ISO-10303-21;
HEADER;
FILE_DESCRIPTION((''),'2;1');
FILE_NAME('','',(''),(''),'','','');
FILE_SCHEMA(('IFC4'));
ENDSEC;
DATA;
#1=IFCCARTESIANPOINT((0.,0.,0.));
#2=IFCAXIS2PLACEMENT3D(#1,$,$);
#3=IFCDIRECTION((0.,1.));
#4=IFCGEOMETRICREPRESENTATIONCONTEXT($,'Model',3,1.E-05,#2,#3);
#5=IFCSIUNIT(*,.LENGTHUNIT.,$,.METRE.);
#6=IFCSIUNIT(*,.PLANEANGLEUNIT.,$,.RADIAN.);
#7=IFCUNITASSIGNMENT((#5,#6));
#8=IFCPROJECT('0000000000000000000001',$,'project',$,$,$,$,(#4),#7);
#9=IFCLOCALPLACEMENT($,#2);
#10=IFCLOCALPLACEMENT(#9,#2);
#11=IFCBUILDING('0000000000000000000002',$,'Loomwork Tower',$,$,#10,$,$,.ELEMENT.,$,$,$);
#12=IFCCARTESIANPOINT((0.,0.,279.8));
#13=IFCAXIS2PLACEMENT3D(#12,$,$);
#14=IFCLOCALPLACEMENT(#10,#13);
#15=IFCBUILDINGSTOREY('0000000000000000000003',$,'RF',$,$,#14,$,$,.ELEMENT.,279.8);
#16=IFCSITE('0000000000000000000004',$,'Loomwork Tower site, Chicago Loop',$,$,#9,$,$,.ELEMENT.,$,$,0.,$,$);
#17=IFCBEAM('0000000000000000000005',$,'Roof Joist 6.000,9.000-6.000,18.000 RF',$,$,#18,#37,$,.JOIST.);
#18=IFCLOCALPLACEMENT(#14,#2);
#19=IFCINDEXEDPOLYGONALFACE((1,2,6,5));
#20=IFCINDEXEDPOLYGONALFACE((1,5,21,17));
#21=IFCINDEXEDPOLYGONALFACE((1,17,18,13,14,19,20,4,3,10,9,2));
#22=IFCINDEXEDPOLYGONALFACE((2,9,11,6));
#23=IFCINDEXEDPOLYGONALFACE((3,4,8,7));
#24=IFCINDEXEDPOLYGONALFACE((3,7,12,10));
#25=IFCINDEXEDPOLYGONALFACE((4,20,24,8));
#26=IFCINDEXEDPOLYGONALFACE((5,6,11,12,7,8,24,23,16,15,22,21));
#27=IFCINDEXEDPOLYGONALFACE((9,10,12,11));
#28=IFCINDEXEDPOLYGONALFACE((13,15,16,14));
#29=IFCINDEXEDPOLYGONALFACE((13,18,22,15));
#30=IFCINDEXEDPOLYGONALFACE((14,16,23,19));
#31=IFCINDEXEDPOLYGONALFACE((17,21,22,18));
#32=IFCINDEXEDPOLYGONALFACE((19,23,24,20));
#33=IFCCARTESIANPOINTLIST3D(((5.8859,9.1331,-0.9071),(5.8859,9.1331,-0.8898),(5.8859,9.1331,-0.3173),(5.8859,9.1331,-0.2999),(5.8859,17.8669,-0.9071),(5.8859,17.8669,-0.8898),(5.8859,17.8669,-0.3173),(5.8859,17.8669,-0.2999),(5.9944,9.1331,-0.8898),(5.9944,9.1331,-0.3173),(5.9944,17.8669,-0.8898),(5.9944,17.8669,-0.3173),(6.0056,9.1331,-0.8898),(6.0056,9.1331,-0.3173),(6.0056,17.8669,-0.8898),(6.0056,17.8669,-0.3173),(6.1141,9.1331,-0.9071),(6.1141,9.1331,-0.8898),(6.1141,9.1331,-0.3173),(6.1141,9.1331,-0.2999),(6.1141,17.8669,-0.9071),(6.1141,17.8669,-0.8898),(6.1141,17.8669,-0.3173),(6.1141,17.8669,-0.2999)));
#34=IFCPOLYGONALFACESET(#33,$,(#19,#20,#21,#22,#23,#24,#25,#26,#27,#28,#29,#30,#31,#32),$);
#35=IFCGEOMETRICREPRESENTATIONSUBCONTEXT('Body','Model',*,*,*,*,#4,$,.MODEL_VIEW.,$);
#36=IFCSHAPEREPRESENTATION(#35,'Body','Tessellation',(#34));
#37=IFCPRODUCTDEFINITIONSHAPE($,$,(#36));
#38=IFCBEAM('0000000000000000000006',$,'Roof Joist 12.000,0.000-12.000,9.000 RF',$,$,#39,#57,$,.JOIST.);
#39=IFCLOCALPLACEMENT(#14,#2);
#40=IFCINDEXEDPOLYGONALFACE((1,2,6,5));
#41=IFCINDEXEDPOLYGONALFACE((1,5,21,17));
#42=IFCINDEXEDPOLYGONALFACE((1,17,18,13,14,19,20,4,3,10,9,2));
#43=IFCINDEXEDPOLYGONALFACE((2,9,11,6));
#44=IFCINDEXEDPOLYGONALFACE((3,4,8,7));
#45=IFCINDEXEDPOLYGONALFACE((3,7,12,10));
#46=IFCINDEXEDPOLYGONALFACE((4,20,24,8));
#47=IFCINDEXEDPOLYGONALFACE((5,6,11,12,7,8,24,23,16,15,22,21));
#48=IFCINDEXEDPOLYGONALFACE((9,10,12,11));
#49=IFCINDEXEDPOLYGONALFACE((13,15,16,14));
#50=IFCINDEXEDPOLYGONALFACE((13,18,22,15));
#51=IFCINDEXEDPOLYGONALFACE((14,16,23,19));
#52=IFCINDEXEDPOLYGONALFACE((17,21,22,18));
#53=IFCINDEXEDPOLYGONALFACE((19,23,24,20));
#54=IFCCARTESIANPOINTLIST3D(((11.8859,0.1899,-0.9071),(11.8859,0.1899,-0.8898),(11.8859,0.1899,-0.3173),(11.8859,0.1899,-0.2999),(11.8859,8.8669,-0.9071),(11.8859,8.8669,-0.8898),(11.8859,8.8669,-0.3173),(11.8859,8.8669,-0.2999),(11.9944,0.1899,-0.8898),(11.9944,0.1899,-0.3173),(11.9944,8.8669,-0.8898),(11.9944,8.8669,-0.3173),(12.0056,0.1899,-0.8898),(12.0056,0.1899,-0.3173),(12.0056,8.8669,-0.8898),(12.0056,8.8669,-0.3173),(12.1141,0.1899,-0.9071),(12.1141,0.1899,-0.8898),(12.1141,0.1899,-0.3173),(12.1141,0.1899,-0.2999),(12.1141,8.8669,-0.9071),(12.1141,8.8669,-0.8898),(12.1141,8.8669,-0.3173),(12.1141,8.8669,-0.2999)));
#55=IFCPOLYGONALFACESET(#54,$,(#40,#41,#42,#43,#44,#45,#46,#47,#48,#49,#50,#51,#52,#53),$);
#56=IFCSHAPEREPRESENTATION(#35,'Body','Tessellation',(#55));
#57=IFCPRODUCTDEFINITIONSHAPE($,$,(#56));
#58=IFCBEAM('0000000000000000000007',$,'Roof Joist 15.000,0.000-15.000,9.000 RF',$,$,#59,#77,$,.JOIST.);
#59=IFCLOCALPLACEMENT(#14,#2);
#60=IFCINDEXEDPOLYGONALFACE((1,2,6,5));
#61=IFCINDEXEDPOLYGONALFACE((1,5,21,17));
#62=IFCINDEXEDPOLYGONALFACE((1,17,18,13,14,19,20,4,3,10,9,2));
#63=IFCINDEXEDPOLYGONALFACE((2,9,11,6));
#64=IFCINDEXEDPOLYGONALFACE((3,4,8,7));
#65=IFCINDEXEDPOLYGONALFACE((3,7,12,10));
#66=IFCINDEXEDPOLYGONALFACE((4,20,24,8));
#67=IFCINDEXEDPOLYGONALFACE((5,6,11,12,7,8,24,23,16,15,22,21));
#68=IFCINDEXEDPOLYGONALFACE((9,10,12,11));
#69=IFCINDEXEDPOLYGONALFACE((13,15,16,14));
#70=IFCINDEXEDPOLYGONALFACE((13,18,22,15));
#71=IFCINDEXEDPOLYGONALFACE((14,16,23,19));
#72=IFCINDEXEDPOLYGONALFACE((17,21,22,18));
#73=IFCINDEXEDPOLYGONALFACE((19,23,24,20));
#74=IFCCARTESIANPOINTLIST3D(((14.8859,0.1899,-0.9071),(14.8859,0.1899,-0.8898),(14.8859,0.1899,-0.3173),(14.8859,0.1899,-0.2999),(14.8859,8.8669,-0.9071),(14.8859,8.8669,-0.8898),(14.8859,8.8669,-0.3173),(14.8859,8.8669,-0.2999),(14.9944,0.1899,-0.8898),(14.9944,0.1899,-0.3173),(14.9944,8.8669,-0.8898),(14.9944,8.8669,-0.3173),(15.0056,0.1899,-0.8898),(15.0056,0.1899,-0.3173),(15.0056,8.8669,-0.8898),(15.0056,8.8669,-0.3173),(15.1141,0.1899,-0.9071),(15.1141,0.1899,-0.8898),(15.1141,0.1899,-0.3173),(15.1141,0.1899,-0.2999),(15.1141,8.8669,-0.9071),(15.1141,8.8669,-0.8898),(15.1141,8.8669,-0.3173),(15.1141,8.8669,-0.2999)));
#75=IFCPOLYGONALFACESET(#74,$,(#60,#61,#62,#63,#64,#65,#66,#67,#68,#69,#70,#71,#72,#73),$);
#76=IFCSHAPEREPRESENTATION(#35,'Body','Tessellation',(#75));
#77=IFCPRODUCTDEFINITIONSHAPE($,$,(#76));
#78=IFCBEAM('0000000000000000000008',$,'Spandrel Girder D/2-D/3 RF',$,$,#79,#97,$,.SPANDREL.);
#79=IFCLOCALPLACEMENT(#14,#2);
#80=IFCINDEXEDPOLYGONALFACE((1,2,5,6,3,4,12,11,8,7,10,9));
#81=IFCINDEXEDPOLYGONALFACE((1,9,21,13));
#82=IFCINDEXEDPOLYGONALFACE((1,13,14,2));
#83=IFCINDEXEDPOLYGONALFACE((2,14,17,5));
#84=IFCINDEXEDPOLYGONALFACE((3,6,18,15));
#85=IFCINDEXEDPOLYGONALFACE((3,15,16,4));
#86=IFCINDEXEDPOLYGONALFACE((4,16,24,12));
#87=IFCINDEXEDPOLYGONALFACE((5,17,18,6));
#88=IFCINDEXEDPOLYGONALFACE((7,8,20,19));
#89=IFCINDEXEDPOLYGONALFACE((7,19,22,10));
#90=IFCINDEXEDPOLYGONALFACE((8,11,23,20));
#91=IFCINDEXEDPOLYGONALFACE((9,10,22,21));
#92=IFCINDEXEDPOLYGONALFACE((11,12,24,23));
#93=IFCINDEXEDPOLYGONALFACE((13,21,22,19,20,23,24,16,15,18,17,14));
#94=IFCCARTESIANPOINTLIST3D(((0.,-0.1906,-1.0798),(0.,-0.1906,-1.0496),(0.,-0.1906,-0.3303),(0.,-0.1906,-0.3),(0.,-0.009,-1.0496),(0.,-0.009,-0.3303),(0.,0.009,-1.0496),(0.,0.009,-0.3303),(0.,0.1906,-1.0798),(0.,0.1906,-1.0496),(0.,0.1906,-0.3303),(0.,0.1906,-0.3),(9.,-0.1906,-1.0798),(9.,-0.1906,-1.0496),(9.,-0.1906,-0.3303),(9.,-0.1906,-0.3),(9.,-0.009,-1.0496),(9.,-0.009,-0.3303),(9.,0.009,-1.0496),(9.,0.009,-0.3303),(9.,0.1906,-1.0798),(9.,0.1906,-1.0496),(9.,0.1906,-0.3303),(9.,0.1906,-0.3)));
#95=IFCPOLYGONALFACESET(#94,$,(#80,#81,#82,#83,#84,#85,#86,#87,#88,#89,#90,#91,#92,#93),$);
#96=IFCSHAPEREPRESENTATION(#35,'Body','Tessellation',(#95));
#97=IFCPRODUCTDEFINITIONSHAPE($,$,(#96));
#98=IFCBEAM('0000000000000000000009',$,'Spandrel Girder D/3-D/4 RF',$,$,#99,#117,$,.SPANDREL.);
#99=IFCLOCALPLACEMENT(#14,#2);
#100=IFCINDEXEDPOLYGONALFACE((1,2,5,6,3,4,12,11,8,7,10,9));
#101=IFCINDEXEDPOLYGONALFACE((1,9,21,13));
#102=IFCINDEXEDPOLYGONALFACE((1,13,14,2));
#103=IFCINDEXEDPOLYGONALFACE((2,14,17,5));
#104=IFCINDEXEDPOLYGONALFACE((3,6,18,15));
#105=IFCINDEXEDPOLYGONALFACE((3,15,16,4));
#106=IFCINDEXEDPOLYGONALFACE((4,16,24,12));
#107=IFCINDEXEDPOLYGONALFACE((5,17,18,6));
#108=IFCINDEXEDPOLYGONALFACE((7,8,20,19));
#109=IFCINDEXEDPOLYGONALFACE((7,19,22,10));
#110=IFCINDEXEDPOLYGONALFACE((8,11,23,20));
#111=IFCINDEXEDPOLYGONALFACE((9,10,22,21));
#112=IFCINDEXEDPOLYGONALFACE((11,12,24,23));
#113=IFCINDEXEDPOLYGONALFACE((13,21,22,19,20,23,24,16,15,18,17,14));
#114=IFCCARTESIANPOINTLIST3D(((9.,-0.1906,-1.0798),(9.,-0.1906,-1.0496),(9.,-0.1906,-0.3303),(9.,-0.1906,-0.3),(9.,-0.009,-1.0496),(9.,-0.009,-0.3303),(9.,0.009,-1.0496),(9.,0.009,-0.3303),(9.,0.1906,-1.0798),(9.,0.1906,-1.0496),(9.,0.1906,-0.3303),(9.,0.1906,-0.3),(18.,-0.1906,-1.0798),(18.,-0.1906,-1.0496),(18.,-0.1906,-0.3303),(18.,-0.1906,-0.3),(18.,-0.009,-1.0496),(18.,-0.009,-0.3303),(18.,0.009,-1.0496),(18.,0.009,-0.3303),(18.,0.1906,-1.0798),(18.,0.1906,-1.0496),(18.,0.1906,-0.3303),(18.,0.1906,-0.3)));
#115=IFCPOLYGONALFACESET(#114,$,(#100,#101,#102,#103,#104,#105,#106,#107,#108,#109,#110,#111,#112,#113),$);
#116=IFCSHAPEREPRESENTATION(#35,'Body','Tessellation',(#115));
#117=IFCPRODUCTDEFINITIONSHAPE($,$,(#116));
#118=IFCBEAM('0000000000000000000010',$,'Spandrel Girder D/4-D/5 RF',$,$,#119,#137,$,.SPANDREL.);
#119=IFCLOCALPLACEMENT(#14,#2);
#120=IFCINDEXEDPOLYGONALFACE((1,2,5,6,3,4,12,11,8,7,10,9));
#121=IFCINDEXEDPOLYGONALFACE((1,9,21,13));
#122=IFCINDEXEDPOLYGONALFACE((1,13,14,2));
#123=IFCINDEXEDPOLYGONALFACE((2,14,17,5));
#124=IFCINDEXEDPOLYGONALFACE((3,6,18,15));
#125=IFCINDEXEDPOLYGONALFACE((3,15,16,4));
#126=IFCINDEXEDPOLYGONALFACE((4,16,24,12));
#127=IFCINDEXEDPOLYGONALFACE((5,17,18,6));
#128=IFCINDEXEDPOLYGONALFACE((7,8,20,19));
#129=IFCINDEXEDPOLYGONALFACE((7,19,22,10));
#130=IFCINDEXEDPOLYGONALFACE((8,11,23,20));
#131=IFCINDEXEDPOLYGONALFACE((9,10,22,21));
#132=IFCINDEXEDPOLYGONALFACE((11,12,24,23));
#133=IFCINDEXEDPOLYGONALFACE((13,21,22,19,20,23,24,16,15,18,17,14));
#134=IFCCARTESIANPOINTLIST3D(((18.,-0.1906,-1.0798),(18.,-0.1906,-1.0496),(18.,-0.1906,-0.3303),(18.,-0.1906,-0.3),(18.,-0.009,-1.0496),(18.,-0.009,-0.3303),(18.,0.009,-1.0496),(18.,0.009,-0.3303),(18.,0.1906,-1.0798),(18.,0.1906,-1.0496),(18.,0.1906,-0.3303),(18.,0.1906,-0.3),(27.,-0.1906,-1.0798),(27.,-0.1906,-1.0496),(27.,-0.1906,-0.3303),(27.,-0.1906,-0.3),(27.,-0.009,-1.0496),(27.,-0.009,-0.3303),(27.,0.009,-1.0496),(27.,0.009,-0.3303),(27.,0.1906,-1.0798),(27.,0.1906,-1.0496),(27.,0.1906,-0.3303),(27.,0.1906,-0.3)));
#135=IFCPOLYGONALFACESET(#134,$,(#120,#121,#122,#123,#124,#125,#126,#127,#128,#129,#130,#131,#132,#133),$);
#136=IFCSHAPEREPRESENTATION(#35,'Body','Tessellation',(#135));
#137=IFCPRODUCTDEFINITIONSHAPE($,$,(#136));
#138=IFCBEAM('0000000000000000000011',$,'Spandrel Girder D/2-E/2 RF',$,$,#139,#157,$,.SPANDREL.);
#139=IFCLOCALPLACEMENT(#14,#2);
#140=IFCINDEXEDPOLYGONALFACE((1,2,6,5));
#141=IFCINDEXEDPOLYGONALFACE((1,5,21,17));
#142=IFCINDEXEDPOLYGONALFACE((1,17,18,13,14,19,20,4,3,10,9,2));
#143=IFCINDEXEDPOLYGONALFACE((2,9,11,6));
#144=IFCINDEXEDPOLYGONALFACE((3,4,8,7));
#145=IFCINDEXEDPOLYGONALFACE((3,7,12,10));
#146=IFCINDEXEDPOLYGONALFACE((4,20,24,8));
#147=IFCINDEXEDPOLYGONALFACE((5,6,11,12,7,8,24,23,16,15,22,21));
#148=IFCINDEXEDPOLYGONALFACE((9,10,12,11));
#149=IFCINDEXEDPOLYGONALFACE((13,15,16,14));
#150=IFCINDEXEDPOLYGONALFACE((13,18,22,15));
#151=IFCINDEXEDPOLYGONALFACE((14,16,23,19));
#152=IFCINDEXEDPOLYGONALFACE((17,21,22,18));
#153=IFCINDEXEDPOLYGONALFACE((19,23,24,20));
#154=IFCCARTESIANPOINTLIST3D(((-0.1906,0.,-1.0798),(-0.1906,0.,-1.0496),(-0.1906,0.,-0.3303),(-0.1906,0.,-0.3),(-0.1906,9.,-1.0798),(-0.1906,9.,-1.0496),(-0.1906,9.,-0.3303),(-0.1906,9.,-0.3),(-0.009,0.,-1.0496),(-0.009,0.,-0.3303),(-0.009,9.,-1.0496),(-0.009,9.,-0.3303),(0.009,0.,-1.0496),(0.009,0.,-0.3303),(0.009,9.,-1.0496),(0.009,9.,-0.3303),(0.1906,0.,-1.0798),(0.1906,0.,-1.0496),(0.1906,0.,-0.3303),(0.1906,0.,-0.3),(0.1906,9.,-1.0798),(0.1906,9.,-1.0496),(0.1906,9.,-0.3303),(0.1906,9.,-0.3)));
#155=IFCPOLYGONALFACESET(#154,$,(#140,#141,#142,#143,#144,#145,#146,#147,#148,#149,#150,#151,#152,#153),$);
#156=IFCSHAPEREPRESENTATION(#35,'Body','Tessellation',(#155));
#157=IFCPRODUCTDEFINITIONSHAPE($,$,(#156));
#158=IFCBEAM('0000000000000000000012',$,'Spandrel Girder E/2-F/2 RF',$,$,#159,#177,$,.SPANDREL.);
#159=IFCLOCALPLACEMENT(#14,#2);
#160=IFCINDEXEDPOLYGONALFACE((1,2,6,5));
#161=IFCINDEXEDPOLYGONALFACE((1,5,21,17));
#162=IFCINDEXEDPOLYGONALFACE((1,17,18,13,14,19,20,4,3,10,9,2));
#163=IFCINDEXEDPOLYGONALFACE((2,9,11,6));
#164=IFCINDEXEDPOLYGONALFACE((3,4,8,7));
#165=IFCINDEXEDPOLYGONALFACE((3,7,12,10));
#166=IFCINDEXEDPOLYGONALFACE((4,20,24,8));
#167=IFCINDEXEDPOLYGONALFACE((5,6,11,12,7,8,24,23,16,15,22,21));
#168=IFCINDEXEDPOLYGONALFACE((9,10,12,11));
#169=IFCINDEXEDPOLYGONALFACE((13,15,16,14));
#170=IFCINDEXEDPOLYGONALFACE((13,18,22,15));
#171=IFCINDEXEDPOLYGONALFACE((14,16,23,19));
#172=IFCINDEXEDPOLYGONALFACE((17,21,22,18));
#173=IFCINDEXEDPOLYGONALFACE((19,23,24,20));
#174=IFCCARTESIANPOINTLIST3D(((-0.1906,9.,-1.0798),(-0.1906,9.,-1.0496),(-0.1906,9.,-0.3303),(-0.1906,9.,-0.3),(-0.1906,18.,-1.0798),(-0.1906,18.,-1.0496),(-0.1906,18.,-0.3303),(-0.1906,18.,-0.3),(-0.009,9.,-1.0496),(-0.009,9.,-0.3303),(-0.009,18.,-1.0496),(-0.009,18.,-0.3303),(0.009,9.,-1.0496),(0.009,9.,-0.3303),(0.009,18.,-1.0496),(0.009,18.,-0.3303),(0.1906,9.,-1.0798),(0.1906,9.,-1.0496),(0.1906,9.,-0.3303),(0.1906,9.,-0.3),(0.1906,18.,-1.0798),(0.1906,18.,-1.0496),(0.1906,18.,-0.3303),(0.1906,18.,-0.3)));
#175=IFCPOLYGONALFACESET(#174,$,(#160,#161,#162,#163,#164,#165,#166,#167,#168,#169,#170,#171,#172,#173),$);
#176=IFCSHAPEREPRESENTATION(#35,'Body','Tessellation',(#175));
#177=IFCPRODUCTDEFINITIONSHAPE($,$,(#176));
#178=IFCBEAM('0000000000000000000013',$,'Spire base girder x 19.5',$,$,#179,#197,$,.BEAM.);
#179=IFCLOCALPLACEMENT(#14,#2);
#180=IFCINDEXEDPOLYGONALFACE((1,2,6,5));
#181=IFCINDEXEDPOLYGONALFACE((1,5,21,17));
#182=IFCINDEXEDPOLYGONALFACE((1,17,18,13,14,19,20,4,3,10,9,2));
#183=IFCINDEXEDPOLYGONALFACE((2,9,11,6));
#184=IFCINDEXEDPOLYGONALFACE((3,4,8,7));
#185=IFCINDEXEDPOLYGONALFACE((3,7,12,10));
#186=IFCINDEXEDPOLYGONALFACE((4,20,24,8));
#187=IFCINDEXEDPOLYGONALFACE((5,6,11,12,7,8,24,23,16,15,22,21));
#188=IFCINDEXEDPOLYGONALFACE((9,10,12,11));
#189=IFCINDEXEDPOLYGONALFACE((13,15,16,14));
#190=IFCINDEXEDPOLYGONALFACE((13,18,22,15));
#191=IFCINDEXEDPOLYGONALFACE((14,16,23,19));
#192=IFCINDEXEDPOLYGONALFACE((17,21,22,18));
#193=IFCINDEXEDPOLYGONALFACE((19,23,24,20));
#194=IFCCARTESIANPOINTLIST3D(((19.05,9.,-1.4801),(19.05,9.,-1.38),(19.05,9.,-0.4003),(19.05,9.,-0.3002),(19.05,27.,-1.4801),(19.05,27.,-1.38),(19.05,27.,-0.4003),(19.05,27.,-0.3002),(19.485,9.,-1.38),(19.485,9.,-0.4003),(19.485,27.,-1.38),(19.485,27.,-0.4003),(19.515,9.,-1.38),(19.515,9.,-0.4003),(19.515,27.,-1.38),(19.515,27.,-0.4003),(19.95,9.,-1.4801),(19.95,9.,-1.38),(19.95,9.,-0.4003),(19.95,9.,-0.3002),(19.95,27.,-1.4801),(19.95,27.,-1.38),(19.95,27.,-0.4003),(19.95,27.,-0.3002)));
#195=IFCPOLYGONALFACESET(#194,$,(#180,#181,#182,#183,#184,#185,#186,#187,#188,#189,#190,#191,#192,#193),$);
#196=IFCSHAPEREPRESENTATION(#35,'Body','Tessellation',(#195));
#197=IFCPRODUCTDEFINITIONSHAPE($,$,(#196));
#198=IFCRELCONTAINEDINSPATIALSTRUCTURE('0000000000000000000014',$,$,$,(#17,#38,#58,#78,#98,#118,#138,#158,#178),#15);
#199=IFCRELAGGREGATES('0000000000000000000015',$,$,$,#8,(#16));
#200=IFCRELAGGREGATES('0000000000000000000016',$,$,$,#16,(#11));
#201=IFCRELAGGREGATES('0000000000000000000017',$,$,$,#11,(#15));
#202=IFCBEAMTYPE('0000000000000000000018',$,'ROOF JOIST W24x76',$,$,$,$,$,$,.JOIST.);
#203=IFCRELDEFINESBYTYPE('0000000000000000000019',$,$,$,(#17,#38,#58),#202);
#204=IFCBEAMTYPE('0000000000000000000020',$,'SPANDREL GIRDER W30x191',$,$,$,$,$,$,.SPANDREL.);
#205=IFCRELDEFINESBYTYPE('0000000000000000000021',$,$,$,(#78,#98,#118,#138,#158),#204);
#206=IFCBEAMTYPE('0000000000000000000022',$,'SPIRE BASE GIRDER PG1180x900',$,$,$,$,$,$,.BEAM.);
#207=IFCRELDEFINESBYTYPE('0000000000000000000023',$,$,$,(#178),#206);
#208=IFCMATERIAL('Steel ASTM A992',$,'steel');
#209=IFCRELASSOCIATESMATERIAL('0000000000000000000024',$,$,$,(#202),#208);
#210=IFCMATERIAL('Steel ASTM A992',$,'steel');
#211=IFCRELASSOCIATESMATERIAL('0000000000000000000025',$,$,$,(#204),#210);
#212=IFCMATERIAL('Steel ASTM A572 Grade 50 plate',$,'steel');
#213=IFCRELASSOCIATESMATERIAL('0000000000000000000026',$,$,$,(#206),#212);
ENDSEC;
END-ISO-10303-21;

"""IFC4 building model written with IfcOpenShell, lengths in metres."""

from ifc_helpers import new_model, si_unit, direction, frame, origin, origin_2d, place, context, subcontext, project, spatial, i_section, extrude, material, material_profile, profile_set, type_object, element, save


model = new_model("IFC4")

# Units and contexts
model_context = context("Model", 3, precision=1e-05, world=origin(), true_north=direction((0.0, 1.0)))
body_context = subcontext(model_context, "Body", "Model", "MODEL_VIEW")
ifc_project = project(units=[si_unit("LENGTHUNIT", "METRE"), si_unit("PLANEANGLEUNIT", "RADIAN")], contexts=[model_context])

# Site, building, storey
site_placement = place(None, origin())
site = spatial("IfcSite", under=ifc_project, at=site_placement, Name="Loomwork Tower site, Chicago Loop", CompositionType="ELEMENT", RefElevation=0.0)
building_placement = place(site_placement, origin())
building = spatial("IfcBuilding", under=site, at=building_placement, Name="Loomwork Tower", CompositionType="ELEMENT")
storey_placement = place(building_placement, frame((0.0, 0.0, 279.8)))
storey = spatial("IfcBuildingStorey", under=building, at=storey_placement, Name="RF", CompositionType="ELEMENT", Elevation=279.8)

# Beams
ifc_material_1 = material(Name="Steel ASTM A992", Category="steel")
ifc_material_profile_1 = material_profile(ifc_material_1, i_section(OverallWidth=0.2283, OverallDepth=0.6072, WebThickness=0.0112, FlangeThickness=0.0173, at=origin_2d()), Name="W24x76")
ifc_profile_set_1 = profile_set([ifc_material_profile_1], Name="Steel ASTM A992")
beam_type_1 = type_object("IfcBeamType", Name="ROOF JOIST W24x76", PredefinedType="JOIST", material=ifc_profile_set_1)
for number, where, z_axis, x_axis, name in (
    (1, (6.0, 9.1331, -0.6035), (0.0, 1.0, 0.0), (-1.0, 0.0, 0.0), "Roof Joist 6.000,9.000-6.000,18.000 RF"),
):
    element("IfcBeam", number, at=place(storey_placement, frame(where, z_axis=z_axis, x_axis=x_axis)), inside=storey, type_object=beam_type_1, Name=name, PredefinedType="JOIST", context=body_context, shape_type="SweptSolid", body=[
        extrude(i_section(OverallWidth=0.2283, OverallDepth=0.6072, WebThickness=0.0112, FlangeThickness=0.0173, at=origin_2d()), origin(), (0.0, 0.0, 1.0), 8.7339),
    ])
for number, where, z_axis, x_axis, name in (
    (2, (12.0, 0.1899, -0.6035), (0.0, 1.0, 0.0), (-1.0, 0.0, 0.0), "Roof Joist 12.000,0.000-12.000,9.000 RF"),
    (3, (15.0, 0.1899, -0.6035), (0.0, 1.0, 0.0), (-1.0, 0.0, 0.0), "Roof Joist 15.000,0.000-15.000,9.000 RF"),
):
    element("IfcBeam", number, at=place(storey_placement, frame(where, z_axis=z_axis, x_axis=x_axis)), inside=storey, type_object=beam_type_1, Name=name, PredefinedType="JOIST", context=body_context, shape_type="SweptSolid", body=[
        extrude(i_section(OverallWidth=0.2283, OverallDepth=0.6072, WebThickness=0.0112, FlangeThickness=0.0173, at=origin_2d()), origin(), (0.0, 0.0, 1.0), 8.677),
    ])
ifc_material_2 = material(Name="Steel ASTM A992", Category="steel")
ifc_material_profile_2 = material_profile(ifc_material_2, i_section(OverallWidth=0.3811, OverallDepth=0.7798, WebThickness=0.0181, FlangeThickness=0.0303, at=origin_2d()), Name="W30x191")
ifc_profile_set_2 = profile_set([ifc_material_profile_2], Name="Steel ASTM A992")
beam_type_2 = type_object("IfcBeamType", Name="SPANDREL GIRDER W30x191", PredefinedType="SPANDREL", material=ifc_profile_set_2)
for number, where, z_axis, x_axis, name in (
    (4, (0.0, 0.0, -0.6899), (1.0, 0.0, 0.0), (0.0, 1.0, 0.0), "Spandrel Girder D/2-D/3 RF"),
    (5, (9.0, 0.0, -0.6899), (1.0, 0.0, 0.0), (0.0, 1.0, 0.0), "Spandrel Girder D/3-D/4 RF"),
    (6, (18.0, 0.0, -0.6899), (1.0, 0.0, 0.0), (0.0, 1.0, 0.0), "Spandrel Girder D/4-D/5 RF"),
    (7, (0.0, 0.0, -0.6899), (0.0, 1.0, 0.0), (-1.0, 0.0, 0.0), "Spandrel Girder D/2-E/2 RF"),
    (8, (0.0, 9.0, -0.6899), (0.0, 1.0, 0.0), (-1.0, 0.0, 0.0), "Spandrel Girder E/2-F/2 RF"),
):
    element("IfcBeam", number, at=place(storey_placement, frame(where, z_axis=z_axis, x_axis=x_axis)), inside=storey, type_object=beam_type_2, Name=name, PredefinedType="SPANDREL", context=body_context, shape_type="SweptSolid", body=[
        extrude(i_section(OverallWidth=0.3811, OverallDepth=0.7798, WebThickness=0.0181, FlangeThickness=0.0303, at=origin_2d()), origin(), (0.0, 0.0, 1.0), 9.0),
    ])
ifc_material_3 = material(Name="Steel ASTM A572 Grade 50 plate", Category="steel")
ifc_material_profile_3 = material_profile(ifc_material_3, i_section(OverallWidth=0.8999, OverallDepth=1.1799, WebThickness=0.03, FlangeThickness=0.1001, at=origin_2d()), Name="PG1180x900")
ifc_profile_set_3 = profile_set([ifc_material_profile_3], Name="Steel ASTM A572 Grade 50 plate")
beam_type_3 = type_object("IfcBeamType", Name="SPIRE BASE GIRDER PG1180x900", PredefinedType="BEAM", material=ifc_profile_set_3)
beam_1_placement = place(storey_placement, frame((19.5, 9.0, -0.8901), z_axis=(0.0, 1.0, 0.0), x_axis=(-1.0, 0.0, 0.0)))
element("IfcBeam", 9, at=beam_1_placement, inside=storey, type_object=beam_type_3, Name="Spire base girder x 19.5", PredefinedType="BEAM", context=body_context, shape_type="SweptSolid", body=[
    extrude(i_section(OverallWidth=0.8999, OverallDepth=1.1799, WebThickness=0.03, FlangeThickness=0.1001, at=origin_2d()), origin(), (0.0, 0.0, 1.0), 18.0),
])

save(model, "model.ifc")
